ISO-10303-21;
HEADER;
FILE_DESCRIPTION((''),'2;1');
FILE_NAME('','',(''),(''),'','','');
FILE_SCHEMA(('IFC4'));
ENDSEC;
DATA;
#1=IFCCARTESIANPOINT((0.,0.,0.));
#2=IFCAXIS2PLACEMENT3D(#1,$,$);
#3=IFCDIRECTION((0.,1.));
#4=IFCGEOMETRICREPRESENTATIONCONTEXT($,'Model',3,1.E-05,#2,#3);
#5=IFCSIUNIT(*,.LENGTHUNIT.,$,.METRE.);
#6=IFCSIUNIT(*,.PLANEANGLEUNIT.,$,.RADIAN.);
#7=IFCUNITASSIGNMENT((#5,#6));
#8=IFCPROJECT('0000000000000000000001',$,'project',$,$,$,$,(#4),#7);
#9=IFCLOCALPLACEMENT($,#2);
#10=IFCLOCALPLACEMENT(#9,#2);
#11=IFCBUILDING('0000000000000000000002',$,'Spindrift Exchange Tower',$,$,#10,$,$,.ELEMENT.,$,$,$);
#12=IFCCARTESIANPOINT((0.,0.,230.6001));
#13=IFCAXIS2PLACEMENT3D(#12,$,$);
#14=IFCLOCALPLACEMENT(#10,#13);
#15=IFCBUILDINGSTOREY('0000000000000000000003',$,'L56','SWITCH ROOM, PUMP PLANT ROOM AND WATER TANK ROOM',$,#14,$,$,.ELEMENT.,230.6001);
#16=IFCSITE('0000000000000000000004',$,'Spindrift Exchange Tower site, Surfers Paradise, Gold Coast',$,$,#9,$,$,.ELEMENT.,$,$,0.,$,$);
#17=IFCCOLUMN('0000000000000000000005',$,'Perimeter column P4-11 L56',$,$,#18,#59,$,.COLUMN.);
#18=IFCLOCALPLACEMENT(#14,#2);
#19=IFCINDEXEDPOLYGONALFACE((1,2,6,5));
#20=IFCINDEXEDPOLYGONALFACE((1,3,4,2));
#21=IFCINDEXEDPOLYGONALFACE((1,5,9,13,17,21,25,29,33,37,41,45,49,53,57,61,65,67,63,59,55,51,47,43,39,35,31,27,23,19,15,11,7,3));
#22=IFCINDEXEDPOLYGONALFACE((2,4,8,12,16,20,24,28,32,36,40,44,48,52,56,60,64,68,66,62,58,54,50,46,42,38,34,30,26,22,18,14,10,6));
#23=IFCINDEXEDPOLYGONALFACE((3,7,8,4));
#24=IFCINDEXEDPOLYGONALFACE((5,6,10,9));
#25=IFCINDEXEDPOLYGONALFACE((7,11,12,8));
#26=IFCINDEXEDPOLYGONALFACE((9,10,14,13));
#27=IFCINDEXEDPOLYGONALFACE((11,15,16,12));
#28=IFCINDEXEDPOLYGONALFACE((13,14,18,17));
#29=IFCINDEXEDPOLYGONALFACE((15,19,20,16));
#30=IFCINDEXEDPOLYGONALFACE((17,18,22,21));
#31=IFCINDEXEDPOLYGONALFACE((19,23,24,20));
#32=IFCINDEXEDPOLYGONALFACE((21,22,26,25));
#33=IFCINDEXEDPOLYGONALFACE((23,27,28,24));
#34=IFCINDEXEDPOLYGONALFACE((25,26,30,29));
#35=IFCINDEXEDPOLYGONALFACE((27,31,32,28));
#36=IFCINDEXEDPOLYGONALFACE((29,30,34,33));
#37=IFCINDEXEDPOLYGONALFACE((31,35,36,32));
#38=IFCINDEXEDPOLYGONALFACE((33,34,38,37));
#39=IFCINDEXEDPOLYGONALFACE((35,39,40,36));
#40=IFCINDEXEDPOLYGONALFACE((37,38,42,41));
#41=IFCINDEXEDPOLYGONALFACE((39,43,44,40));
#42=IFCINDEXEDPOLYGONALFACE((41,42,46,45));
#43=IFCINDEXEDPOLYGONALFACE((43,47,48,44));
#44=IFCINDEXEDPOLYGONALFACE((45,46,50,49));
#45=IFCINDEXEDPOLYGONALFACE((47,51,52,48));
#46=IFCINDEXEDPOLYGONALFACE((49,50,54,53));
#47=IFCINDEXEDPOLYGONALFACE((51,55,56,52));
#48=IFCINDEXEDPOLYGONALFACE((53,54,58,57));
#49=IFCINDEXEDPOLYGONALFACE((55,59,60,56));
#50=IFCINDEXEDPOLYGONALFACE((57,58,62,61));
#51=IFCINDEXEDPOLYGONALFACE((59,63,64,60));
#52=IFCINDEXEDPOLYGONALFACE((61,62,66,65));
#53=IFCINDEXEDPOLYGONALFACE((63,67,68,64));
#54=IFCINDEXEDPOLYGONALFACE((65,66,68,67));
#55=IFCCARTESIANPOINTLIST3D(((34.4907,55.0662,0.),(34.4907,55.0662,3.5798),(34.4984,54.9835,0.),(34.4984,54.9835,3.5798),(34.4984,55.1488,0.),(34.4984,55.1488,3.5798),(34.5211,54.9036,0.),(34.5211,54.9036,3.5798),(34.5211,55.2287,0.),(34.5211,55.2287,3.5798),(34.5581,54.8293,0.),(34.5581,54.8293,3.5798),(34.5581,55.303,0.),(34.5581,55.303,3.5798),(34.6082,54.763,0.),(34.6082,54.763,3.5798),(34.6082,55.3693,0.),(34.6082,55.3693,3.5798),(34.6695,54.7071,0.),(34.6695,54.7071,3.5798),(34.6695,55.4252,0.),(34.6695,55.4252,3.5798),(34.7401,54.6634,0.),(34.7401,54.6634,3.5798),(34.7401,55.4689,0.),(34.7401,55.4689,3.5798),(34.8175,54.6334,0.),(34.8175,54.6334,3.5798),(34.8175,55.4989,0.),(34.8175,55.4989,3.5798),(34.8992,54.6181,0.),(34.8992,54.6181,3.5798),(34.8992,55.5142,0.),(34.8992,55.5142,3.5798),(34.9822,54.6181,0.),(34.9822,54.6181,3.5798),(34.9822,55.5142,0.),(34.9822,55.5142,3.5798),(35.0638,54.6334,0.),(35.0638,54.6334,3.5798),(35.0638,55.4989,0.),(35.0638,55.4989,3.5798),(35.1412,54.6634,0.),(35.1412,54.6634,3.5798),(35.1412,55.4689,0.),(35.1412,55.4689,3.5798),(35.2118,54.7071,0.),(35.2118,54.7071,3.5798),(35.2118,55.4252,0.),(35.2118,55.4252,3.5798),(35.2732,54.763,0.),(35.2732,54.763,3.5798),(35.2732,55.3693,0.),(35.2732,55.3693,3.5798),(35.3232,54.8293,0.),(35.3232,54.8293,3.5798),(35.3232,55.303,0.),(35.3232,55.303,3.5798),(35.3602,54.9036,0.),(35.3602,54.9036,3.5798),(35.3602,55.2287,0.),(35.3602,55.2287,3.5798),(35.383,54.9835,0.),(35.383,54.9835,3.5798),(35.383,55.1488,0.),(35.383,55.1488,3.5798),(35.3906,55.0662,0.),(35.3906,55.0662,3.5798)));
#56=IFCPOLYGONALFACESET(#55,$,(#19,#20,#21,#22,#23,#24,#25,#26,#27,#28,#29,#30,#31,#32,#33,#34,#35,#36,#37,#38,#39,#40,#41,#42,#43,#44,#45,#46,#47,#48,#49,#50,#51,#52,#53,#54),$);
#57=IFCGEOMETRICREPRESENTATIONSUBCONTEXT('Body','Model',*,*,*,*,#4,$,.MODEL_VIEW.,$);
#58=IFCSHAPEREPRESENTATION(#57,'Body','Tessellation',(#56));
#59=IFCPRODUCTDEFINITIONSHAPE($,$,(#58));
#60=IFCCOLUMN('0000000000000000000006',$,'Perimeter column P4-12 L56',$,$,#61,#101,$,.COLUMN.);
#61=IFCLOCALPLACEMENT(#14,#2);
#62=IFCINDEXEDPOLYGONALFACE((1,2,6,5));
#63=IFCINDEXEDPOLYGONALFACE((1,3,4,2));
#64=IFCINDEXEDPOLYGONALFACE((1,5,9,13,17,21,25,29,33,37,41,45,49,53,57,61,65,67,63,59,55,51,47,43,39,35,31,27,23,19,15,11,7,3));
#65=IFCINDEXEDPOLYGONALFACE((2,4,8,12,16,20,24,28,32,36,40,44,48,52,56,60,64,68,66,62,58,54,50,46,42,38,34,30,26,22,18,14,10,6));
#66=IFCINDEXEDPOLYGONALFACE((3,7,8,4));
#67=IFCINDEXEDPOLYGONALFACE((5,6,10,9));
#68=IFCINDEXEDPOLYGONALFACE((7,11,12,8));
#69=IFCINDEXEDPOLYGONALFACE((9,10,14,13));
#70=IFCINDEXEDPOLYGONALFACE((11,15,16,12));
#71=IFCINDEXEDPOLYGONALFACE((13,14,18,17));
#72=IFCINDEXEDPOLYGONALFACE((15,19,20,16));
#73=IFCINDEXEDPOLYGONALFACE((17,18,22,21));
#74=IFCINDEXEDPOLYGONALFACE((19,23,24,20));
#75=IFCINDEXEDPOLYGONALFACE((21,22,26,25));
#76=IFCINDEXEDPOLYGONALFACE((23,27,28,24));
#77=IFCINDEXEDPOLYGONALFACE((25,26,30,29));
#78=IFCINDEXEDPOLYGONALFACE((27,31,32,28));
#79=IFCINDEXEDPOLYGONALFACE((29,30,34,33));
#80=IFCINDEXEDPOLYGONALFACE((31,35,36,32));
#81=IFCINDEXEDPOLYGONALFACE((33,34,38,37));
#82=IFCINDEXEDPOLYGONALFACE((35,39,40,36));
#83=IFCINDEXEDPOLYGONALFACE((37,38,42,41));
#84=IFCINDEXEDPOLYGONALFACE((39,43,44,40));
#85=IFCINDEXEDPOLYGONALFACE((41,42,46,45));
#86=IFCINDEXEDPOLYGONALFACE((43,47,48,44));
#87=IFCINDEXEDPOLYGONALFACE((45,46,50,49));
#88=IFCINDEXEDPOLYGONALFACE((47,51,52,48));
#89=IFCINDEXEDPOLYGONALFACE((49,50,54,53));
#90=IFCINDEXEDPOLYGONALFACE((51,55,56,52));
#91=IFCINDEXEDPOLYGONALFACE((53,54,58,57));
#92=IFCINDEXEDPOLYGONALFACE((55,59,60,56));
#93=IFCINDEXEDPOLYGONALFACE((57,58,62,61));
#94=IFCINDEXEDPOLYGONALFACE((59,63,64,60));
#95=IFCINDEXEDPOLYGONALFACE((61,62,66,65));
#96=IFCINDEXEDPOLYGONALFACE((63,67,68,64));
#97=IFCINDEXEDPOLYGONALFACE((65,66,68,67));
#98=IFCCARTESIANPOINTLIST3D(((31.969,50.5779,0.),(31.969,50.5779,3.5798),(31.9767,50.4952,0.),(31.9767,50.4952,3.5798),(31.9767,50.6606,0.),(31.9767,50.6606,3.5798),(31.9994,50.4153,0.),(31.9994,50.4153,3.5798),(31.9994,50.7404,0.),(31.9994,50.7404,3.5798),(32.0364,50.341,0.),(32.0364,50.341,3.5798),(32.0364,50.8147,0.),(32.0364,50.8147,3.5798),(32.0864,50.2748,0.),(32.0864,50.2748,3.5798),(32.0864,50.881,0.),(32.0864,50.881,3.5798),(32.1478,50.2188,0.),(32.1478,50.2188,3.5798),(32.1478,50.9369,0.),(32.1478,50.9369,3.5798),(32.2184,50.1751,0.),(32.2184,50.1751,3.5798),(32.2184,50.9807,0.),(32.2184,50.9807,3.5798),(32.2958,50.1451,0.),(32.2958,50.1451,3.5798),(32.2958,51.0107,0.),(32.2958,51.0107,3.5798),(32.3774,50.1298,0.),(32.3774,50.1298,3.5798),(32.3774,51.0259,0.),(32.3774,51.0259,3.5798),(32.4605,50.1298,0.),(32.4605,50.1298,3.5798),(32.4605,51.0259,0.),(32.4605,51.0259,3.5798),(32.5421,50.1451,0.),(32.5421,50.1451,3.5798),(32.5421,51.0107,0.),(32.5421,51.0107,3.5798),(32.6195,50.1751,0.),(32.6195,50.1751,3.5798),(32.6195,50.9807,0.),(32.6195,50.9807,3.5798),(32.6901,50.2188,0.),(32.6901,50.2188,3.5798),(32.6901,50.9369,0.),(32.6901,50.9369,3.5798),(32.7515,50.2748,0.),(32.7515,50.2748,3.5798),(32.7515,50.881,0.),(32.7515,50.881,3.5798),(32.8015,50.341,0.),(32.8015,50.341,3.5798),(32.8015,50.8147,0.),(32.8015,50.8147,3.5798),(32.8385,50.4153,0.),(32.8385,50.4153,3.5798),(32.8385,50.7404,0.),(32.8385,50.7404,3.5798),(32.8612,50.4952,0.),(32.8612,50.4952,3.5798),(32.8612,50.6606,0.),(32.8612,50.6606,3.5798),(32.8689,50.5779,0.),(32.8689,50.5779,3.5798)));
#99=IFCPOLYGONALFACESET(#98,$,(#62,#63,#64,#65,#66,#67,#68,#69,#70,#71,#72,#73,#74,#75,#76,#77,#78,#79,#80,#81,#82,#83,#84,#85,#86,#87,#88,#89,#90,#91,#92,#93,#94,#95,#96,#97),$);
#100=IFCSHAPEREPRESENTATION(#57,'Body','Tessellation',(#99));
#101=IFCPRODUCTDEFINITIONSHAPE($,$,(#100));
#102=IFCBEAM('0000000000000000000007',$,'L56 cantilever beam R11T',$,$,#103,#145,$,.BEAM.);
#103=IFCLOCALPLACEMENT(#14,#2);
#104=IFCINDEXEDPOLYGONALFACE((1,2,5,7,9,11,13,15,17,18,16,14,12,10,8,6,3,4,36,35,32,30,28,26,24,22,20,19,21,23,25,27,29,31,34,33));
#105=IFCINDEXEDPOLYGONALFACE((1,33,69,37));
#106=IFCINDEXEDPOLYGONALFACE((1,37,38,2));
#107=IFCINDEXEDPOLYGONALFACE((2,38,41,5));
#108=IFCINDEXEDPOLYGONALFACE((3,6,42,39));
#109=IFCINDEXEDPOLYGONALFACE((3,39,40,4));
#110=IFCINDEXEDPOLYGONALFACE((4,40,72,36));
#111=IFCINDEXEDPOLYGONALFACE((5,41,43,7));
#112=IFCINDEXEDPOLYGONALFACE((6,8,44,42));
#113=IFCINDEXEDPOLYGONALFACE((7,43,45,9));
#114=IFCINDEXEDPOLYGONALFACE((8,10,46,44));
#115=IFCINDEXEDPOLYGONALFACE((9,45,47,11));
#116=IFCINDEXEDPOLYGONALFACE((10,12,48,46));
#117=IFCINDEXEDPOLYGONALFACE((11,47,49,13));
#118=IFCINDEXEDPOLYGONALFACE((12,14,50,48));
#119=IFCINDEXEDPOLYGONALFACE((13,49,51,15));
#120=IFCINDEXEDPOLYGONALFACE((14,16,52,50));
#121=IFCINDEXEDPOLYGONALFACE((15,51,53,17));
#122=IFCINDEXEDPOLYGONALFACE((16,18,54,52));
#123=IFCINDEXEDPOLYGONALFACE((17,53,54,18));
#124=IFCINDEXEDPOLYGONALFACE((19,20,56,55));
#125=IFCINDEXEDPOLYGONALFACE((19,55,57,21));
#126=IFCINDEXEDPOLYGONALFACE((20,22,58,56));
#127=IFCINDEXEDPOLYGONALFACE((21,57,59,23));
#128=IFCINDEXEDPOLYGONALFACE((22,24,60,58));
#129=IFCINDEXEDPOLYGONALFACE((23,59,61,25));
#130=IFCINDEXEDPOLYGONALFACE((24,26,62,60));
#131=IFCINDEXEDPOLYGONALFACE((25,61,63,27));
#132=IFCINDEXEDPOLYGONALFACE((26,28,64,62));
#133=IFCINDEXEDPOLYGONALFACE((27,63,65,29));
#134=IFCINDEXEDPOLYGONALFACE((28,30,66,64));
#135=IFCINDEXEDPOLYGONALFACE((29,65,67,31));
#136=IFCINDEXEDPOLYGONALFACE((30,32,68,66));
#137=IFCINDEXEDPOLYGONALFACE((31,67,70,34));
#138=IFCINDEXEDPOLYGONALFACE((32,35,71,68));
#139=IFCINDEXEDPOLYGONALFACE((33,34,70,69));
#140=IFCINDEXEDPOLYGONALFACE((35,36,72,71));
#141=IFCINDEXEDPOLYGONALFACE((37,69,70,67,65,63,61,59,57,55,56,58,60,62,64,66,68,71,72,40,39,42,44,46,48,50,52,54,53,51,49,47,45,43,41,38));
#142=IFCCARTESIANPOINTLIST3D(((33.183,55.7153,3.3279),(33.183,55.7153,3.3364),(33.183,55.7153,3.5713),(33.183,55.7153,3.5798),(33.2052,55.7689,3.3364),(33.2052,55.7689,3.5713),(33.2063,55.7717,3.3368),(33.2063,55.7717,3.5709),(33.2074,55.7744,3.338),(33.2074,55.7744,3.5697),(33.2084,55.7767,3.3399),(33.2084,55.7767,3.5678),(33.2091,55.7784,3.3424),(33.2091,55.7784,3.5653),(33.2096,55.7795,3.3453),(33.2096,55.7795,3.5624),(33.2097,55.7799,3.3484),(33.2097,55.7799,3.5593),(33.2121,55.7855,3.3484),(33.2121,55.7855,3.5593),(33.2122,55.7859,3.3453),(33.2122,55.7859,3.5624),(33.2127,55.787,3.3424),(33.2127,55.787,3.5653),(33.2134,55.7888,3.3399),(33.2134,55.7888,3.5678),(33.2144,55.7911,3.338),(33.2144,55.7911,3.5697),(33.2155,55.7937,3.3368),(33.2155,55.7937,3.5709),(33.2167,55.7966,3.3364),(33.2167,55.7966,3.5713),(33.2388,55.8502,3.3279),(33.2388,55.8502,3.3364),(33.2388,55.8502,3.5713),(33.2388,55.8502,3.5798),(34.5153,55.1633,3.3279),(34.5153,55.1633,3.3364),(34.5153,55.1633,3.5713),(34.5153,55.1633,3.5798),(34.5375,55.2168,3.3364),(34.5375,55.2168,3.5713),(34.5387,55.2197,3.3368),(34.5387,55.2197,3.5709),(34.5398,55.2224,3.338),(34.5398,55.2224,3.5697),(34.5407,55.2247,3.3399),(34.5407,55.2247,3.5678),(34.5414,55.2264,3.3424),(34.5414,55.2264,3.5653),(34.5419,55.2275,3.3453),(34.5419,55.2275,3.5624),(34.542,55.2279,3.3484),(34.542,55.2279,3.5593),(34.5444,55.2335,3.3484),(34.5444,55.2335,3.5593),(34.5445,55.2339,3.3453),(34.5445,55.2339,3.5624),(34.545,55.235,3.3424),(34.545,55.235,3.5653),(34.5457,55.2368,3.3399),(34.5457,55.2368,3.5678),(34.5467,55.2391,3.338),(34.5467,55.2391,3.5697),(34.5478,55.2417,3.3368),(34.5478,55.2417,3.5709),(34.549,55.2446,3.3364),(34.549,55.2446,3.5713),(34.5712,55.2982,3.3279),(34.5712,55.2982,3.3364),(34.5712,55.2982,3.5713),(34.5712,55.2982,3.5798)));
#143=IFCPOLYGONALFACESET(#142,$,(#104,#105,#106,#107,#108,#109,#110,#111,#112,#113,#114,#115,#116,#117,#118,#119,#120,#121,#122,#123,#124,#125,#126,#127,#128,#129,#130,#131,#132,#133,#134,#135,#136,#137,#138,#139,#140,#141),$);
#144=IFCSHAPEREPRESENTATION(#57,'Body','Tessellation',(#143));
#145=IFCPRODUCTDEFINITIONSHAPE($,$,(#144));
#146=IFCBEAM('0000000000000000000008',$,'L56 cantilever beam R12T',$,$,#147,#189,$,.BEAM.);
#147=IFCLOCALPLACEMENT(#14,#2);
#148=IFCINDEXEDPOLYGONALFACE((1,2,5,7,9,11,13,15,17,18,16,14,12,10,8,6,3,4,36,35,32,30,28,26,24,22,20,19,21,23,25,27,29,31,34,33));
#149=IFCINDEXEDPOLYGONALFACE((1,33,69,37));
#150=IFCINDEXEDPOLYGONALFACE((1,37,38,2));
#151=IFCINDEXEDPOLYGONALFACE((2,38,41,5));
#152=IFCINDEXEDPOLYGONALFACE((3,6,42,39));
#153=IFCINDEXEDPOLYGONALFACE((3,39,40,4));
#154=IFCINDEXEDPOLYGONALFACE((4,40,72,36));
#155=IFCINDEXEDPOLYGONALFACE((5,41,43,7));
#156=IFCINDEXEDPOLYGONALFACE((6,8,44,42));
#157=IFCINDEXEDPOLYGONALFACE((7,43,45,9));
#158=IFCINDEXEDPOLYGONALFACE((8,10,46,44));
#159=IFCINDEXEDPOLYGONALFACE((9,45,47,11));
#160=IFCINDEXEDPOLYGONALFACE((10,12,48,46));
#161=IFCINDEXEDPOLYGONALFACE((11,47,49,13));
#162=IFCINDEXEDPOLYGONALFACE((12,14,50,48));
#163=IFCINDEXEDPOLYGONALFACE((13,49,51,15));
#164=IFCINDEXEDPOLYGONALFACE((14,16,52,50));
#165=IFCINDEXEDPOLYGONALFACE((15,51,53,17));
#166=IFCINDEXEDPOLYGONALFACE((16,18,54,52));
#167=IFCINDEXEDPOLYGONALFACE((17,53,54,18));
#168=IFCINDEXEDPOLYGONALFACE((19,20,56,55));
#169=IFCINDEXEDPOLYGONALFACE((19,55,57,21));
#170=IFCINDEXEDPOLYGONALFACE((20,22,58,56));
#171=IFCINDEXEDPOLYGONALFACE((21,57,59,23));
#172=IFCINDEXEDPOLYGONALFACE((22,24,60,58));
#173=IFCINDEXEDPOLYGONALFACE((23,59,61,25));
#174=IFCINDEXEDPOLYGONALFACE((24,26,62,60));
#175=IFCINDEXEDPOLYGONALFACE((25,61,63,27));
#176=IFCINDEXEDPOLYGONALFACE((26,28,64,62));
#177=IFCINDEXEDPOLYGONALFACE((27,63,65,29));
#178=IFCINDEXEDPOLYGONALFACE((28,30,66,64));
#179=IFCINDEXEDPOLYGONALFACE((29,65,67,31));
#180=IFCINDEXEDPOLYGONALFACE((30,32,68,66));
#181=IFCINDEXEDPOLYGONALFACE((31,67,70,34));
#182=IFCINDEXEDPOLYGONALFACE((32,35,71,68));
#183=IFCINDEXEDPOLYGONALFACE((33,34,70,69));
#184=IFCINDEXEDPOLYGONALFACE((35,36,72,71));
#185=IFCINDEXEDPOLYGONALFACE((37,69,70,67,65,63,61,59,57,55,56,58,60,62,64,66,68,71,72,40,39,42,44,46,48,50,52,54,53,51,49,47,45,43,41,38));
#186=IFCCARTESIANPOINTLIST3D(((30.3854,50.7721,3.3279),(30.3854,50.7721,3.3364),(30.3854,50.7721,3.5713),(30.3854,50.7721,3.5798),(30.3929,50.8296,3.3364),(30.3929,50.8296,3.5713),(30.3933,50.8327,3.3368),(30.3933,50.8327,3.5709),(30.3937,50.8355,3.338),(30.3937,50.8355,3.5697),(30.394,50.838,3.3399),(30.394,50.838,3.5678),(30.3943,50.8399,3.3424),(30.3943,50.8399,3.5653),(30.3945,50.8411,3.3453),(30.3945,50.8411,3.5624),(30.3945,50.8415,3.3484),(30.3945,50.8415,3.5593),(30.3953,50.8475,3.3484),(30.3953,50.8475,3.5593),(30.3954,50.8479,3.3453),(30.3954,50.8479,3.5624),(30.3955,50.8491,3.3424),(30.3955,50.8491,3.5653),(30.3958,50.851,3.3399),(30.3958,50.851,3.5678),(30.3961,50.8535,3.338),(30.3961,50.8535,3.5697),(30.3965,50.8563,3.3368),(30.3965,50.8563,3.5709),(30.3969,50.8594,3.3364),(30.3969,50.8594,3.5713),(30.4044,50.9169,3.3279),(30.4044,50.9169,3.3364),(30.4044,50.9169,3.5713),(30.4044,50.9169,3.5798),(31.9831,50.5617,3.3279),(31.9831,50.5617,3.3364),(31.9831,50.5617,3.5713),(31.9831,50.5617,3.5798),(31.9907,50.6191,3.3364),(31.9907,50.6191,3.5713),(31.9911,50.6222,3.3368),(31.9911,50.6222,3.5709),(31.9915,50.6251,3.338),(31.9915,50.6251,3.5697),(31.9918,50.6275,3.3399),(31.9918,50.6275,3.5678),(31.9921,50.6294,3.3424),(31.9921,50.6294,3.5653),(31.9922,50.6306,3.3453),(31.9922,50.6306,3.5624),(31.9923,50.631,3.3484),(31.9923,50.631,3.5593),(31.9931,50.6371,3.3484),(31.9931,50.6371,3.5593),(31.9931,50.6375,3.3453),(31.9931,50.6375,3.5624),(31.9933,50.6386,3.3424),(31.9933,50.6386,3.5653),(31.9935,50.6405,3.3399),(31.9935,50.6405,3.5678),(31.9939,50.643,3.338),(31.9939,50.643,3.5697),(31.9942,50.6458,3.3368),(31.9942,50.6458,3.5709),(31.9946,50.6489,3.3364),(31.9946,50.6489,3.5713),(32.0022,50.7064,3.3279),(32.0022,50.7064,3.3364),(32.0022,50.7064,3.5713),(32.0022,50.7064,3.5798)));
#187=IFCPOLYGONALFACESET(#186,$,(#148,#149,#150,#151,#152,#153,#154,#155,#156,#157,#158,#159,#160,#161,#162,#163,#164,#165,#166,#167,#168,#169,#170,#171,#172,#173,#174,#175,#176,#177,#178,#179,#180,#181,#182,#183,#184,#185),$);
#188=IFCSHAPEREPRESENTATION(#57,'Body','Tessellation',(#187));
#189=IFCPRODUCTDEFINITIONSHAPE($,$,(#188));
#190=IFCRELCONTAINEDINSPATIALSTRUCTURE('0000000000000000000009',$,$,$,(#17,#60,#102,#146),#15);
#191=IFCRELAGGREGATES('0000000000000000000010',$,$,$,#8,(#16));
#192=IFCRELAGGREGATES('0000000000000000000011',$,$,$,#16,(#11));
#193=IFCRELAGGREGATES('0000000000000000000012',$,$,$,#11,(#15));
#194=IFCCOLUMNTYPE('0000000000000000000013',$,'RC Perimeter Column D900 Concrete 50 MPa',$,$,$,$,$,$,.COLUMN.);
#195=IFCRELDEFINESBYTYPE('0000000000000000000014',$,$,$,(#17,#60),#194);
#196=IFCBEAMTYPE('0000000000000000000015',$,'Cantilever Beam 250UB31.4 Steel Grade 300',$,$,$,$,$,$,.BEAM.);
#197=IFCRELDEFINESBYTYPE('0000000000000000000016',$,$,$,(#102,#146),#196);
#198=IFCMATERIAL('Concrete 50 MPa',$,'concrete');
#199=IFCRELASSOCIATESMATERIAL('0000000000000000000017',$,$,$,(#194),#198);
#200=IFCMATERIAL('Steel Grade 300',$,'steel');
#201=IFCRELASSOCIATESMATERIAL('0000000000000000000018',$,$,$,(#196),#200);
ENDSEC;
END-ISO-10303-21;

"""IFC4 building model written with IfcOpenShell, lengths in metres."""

from ifc_helpers import new_model, si_unit, direction, frame, origin, origin_2d, place, context, subcontext, project, spatial, circle, i_section, extrude, source, transform, mapped, material, material_profile, profile_set, type_object, element, save


model = new_model("IFC4")

# Units and contexts
model_context = context("Model", 3, precision=1e-05, world=origin(), true_north=direction((0.0, 1.0)))
body_context = subcontext(model_context, "Body", "Model", "MODEL_VIEW")
ifc_project = project(units=[si_unit("LENGTHUNIT", "METRE"), si_unit("PLANEANGLEUNIT", "RADIAN")], contexts=[model_context])

# Site, building, storey
site_placement = place(None, origin())
site = spatial("IfcSite", under=ifc_project, at=site_placement, Name="Spindrift Exchange Tower site, Surfers Paradise, Gold Coast", CompositionType="ELEMENT", RefElevation=0.0)
building_placement = place(site_placement, origin())
building = spatial("IfcBuilding", under=site, at=building_placement, Name="Spindrift Exchange Tower", CompositionType="ELEMENT")
storey_placement = place(building_placement, frame((0.0, 0.0, 230.6001)))
storey = spatial("IfcBuildingStorey", under=building, at=storey_placement, Name="L56", Description="SWITCH ROOM, PUMP PLANT ROOM AND WATER TANK ROOM", CompositionType="ELEMENT", Elevation=230.6001)

# Columns
ifc_material_1 = material(Name="Concrete 50 MPa", Category="concrete")
ifc_material_profile_1 = material_profile(ifc_material_1, circle(Radius=0.45, at=origin_2d()), Name="RC D900")
ifc_profile_set_1 = profile_set([ifc_material_profile_1], Name="Concrete 50 MPa")
column_type = type_object("IfcColumnType", Name="RC Perimeter Column D900 Concrete 50 MPa", PredefinedType="COLUMN", material=ifc_profile_set_1)
shared_shape_1 = source(origin(), body_context, "Body", "SweptSolid", [
    extrude(circle(Radius=0.45, at=origin_2d()), origin(), (0.0, 0.0, 1.0), 3.5798),
])
for number, where, z_axis, x_axis, name in (
    (1, (34.9407, 55.0662, 0.0), (0.0, 0.0, 1.0), (1.0, 0.0, 0.0), "Perimeter column P4-11 L56"),
    (2, (32.4189, 50.5779, 0.0), (0.0, 0.0, 1.0), (1.0, 0.0, 0.0), "Perimeter column P4-12 L56"),
):
    element("IfcColumn", number, at=place(storey_placement, frame(where, z_axis=z_axis, x_axis=x_axis)), inside=storey, type_object=column_type, Name=name, PredefinedType="COLUMN", context=body_context, shape_type="MappedRepresentation", body=[
        mapped(shared_shape_1, transform((0.0, 0.0, 0.0), scale=1.0)),
    ])

# Beams
ifc_material_2 = material(Name="Steel Grade 300", Category="steel")
ifc_material_profile_2 = material_profile(ifc_material_2, i_section(OverallWidth=0.146, OverallDepth=0.252, WebThickness=0.0061, FlangeThickness=0.0085, FilletRadius=0.012, at=origin_2d()), Name="250UB31.4")
ifc_profile_set_2 = profile_set([ifc_material_profile_2], Name="Steel Grade 300")
beam_type_1 = type_object("IfcBeamType", Name="Cantilever Beam 250UB31.4 Steel Grade 300", PredefinedType="BEAM", material=ifc_profile_set_2)
shared_shape_2 = source(origin(), body_context, "Body", "SweptSolid", [
    extrude(i_section(OverallWidth=0.146, OverallDepth=0.252, WebThickness=0.0061, FlangeThickness=0.0085, FilletRadius=0.012, at=origin_2d()), origin(), (0.0, 0.0, 1.0), 1.4421),
])
beam_1_placement = place(storey_placement, frame((34.5432, 55.2307, 3.4539), z_axis=(-0.923841, 0.382775, 0.0), x_axis=(-0.382775, -0.923841, 0.0)))
element("IfcBeam", 3, at=beam_1_placement, inside=storey, type_object=beam_type_1, Name="L56 cantilever beam R11T", PredefinedType="BEAM", context=body_context, shape_type="MappedRepresentation", body=[
    mapped(shared_shape_2, transform((0.0, 0.0, 0.0), scale=1.0)),
])
shared_shape_3 = source(origin(), body_context, "Body", "SweptSolid", [
    extrude(i_section(OverallWidth=0.146, OverallDepth=0.252, WebThickness=0.0061, FlangeThickness=0.0085, FilletRadius=0.012, at=origin_2d()), origin(), (0.0, 0.0, 1.0), 1.6116),
])
beam_2_placement = place(storey_placement, frame((31.9927, 50.634, 3.4539), z_axis=(-0.991436, 0.130596, 0.0), x_axis=(-0.130596, -0.991436, 0.0)))
element("IfcBeam", 4, at=beam_2_placement, inside=storey, type_object=beam_type_1, Name="L56 cantilever beam R12T", PredefinedType="BEAM", context=body_context, shape_type="MappedRepresentation", body=[
    mapped(shared_shape_3, transform((0.0, 0.0, 0.0), scale=1.0)),
])

save(model, "model.ifc")
